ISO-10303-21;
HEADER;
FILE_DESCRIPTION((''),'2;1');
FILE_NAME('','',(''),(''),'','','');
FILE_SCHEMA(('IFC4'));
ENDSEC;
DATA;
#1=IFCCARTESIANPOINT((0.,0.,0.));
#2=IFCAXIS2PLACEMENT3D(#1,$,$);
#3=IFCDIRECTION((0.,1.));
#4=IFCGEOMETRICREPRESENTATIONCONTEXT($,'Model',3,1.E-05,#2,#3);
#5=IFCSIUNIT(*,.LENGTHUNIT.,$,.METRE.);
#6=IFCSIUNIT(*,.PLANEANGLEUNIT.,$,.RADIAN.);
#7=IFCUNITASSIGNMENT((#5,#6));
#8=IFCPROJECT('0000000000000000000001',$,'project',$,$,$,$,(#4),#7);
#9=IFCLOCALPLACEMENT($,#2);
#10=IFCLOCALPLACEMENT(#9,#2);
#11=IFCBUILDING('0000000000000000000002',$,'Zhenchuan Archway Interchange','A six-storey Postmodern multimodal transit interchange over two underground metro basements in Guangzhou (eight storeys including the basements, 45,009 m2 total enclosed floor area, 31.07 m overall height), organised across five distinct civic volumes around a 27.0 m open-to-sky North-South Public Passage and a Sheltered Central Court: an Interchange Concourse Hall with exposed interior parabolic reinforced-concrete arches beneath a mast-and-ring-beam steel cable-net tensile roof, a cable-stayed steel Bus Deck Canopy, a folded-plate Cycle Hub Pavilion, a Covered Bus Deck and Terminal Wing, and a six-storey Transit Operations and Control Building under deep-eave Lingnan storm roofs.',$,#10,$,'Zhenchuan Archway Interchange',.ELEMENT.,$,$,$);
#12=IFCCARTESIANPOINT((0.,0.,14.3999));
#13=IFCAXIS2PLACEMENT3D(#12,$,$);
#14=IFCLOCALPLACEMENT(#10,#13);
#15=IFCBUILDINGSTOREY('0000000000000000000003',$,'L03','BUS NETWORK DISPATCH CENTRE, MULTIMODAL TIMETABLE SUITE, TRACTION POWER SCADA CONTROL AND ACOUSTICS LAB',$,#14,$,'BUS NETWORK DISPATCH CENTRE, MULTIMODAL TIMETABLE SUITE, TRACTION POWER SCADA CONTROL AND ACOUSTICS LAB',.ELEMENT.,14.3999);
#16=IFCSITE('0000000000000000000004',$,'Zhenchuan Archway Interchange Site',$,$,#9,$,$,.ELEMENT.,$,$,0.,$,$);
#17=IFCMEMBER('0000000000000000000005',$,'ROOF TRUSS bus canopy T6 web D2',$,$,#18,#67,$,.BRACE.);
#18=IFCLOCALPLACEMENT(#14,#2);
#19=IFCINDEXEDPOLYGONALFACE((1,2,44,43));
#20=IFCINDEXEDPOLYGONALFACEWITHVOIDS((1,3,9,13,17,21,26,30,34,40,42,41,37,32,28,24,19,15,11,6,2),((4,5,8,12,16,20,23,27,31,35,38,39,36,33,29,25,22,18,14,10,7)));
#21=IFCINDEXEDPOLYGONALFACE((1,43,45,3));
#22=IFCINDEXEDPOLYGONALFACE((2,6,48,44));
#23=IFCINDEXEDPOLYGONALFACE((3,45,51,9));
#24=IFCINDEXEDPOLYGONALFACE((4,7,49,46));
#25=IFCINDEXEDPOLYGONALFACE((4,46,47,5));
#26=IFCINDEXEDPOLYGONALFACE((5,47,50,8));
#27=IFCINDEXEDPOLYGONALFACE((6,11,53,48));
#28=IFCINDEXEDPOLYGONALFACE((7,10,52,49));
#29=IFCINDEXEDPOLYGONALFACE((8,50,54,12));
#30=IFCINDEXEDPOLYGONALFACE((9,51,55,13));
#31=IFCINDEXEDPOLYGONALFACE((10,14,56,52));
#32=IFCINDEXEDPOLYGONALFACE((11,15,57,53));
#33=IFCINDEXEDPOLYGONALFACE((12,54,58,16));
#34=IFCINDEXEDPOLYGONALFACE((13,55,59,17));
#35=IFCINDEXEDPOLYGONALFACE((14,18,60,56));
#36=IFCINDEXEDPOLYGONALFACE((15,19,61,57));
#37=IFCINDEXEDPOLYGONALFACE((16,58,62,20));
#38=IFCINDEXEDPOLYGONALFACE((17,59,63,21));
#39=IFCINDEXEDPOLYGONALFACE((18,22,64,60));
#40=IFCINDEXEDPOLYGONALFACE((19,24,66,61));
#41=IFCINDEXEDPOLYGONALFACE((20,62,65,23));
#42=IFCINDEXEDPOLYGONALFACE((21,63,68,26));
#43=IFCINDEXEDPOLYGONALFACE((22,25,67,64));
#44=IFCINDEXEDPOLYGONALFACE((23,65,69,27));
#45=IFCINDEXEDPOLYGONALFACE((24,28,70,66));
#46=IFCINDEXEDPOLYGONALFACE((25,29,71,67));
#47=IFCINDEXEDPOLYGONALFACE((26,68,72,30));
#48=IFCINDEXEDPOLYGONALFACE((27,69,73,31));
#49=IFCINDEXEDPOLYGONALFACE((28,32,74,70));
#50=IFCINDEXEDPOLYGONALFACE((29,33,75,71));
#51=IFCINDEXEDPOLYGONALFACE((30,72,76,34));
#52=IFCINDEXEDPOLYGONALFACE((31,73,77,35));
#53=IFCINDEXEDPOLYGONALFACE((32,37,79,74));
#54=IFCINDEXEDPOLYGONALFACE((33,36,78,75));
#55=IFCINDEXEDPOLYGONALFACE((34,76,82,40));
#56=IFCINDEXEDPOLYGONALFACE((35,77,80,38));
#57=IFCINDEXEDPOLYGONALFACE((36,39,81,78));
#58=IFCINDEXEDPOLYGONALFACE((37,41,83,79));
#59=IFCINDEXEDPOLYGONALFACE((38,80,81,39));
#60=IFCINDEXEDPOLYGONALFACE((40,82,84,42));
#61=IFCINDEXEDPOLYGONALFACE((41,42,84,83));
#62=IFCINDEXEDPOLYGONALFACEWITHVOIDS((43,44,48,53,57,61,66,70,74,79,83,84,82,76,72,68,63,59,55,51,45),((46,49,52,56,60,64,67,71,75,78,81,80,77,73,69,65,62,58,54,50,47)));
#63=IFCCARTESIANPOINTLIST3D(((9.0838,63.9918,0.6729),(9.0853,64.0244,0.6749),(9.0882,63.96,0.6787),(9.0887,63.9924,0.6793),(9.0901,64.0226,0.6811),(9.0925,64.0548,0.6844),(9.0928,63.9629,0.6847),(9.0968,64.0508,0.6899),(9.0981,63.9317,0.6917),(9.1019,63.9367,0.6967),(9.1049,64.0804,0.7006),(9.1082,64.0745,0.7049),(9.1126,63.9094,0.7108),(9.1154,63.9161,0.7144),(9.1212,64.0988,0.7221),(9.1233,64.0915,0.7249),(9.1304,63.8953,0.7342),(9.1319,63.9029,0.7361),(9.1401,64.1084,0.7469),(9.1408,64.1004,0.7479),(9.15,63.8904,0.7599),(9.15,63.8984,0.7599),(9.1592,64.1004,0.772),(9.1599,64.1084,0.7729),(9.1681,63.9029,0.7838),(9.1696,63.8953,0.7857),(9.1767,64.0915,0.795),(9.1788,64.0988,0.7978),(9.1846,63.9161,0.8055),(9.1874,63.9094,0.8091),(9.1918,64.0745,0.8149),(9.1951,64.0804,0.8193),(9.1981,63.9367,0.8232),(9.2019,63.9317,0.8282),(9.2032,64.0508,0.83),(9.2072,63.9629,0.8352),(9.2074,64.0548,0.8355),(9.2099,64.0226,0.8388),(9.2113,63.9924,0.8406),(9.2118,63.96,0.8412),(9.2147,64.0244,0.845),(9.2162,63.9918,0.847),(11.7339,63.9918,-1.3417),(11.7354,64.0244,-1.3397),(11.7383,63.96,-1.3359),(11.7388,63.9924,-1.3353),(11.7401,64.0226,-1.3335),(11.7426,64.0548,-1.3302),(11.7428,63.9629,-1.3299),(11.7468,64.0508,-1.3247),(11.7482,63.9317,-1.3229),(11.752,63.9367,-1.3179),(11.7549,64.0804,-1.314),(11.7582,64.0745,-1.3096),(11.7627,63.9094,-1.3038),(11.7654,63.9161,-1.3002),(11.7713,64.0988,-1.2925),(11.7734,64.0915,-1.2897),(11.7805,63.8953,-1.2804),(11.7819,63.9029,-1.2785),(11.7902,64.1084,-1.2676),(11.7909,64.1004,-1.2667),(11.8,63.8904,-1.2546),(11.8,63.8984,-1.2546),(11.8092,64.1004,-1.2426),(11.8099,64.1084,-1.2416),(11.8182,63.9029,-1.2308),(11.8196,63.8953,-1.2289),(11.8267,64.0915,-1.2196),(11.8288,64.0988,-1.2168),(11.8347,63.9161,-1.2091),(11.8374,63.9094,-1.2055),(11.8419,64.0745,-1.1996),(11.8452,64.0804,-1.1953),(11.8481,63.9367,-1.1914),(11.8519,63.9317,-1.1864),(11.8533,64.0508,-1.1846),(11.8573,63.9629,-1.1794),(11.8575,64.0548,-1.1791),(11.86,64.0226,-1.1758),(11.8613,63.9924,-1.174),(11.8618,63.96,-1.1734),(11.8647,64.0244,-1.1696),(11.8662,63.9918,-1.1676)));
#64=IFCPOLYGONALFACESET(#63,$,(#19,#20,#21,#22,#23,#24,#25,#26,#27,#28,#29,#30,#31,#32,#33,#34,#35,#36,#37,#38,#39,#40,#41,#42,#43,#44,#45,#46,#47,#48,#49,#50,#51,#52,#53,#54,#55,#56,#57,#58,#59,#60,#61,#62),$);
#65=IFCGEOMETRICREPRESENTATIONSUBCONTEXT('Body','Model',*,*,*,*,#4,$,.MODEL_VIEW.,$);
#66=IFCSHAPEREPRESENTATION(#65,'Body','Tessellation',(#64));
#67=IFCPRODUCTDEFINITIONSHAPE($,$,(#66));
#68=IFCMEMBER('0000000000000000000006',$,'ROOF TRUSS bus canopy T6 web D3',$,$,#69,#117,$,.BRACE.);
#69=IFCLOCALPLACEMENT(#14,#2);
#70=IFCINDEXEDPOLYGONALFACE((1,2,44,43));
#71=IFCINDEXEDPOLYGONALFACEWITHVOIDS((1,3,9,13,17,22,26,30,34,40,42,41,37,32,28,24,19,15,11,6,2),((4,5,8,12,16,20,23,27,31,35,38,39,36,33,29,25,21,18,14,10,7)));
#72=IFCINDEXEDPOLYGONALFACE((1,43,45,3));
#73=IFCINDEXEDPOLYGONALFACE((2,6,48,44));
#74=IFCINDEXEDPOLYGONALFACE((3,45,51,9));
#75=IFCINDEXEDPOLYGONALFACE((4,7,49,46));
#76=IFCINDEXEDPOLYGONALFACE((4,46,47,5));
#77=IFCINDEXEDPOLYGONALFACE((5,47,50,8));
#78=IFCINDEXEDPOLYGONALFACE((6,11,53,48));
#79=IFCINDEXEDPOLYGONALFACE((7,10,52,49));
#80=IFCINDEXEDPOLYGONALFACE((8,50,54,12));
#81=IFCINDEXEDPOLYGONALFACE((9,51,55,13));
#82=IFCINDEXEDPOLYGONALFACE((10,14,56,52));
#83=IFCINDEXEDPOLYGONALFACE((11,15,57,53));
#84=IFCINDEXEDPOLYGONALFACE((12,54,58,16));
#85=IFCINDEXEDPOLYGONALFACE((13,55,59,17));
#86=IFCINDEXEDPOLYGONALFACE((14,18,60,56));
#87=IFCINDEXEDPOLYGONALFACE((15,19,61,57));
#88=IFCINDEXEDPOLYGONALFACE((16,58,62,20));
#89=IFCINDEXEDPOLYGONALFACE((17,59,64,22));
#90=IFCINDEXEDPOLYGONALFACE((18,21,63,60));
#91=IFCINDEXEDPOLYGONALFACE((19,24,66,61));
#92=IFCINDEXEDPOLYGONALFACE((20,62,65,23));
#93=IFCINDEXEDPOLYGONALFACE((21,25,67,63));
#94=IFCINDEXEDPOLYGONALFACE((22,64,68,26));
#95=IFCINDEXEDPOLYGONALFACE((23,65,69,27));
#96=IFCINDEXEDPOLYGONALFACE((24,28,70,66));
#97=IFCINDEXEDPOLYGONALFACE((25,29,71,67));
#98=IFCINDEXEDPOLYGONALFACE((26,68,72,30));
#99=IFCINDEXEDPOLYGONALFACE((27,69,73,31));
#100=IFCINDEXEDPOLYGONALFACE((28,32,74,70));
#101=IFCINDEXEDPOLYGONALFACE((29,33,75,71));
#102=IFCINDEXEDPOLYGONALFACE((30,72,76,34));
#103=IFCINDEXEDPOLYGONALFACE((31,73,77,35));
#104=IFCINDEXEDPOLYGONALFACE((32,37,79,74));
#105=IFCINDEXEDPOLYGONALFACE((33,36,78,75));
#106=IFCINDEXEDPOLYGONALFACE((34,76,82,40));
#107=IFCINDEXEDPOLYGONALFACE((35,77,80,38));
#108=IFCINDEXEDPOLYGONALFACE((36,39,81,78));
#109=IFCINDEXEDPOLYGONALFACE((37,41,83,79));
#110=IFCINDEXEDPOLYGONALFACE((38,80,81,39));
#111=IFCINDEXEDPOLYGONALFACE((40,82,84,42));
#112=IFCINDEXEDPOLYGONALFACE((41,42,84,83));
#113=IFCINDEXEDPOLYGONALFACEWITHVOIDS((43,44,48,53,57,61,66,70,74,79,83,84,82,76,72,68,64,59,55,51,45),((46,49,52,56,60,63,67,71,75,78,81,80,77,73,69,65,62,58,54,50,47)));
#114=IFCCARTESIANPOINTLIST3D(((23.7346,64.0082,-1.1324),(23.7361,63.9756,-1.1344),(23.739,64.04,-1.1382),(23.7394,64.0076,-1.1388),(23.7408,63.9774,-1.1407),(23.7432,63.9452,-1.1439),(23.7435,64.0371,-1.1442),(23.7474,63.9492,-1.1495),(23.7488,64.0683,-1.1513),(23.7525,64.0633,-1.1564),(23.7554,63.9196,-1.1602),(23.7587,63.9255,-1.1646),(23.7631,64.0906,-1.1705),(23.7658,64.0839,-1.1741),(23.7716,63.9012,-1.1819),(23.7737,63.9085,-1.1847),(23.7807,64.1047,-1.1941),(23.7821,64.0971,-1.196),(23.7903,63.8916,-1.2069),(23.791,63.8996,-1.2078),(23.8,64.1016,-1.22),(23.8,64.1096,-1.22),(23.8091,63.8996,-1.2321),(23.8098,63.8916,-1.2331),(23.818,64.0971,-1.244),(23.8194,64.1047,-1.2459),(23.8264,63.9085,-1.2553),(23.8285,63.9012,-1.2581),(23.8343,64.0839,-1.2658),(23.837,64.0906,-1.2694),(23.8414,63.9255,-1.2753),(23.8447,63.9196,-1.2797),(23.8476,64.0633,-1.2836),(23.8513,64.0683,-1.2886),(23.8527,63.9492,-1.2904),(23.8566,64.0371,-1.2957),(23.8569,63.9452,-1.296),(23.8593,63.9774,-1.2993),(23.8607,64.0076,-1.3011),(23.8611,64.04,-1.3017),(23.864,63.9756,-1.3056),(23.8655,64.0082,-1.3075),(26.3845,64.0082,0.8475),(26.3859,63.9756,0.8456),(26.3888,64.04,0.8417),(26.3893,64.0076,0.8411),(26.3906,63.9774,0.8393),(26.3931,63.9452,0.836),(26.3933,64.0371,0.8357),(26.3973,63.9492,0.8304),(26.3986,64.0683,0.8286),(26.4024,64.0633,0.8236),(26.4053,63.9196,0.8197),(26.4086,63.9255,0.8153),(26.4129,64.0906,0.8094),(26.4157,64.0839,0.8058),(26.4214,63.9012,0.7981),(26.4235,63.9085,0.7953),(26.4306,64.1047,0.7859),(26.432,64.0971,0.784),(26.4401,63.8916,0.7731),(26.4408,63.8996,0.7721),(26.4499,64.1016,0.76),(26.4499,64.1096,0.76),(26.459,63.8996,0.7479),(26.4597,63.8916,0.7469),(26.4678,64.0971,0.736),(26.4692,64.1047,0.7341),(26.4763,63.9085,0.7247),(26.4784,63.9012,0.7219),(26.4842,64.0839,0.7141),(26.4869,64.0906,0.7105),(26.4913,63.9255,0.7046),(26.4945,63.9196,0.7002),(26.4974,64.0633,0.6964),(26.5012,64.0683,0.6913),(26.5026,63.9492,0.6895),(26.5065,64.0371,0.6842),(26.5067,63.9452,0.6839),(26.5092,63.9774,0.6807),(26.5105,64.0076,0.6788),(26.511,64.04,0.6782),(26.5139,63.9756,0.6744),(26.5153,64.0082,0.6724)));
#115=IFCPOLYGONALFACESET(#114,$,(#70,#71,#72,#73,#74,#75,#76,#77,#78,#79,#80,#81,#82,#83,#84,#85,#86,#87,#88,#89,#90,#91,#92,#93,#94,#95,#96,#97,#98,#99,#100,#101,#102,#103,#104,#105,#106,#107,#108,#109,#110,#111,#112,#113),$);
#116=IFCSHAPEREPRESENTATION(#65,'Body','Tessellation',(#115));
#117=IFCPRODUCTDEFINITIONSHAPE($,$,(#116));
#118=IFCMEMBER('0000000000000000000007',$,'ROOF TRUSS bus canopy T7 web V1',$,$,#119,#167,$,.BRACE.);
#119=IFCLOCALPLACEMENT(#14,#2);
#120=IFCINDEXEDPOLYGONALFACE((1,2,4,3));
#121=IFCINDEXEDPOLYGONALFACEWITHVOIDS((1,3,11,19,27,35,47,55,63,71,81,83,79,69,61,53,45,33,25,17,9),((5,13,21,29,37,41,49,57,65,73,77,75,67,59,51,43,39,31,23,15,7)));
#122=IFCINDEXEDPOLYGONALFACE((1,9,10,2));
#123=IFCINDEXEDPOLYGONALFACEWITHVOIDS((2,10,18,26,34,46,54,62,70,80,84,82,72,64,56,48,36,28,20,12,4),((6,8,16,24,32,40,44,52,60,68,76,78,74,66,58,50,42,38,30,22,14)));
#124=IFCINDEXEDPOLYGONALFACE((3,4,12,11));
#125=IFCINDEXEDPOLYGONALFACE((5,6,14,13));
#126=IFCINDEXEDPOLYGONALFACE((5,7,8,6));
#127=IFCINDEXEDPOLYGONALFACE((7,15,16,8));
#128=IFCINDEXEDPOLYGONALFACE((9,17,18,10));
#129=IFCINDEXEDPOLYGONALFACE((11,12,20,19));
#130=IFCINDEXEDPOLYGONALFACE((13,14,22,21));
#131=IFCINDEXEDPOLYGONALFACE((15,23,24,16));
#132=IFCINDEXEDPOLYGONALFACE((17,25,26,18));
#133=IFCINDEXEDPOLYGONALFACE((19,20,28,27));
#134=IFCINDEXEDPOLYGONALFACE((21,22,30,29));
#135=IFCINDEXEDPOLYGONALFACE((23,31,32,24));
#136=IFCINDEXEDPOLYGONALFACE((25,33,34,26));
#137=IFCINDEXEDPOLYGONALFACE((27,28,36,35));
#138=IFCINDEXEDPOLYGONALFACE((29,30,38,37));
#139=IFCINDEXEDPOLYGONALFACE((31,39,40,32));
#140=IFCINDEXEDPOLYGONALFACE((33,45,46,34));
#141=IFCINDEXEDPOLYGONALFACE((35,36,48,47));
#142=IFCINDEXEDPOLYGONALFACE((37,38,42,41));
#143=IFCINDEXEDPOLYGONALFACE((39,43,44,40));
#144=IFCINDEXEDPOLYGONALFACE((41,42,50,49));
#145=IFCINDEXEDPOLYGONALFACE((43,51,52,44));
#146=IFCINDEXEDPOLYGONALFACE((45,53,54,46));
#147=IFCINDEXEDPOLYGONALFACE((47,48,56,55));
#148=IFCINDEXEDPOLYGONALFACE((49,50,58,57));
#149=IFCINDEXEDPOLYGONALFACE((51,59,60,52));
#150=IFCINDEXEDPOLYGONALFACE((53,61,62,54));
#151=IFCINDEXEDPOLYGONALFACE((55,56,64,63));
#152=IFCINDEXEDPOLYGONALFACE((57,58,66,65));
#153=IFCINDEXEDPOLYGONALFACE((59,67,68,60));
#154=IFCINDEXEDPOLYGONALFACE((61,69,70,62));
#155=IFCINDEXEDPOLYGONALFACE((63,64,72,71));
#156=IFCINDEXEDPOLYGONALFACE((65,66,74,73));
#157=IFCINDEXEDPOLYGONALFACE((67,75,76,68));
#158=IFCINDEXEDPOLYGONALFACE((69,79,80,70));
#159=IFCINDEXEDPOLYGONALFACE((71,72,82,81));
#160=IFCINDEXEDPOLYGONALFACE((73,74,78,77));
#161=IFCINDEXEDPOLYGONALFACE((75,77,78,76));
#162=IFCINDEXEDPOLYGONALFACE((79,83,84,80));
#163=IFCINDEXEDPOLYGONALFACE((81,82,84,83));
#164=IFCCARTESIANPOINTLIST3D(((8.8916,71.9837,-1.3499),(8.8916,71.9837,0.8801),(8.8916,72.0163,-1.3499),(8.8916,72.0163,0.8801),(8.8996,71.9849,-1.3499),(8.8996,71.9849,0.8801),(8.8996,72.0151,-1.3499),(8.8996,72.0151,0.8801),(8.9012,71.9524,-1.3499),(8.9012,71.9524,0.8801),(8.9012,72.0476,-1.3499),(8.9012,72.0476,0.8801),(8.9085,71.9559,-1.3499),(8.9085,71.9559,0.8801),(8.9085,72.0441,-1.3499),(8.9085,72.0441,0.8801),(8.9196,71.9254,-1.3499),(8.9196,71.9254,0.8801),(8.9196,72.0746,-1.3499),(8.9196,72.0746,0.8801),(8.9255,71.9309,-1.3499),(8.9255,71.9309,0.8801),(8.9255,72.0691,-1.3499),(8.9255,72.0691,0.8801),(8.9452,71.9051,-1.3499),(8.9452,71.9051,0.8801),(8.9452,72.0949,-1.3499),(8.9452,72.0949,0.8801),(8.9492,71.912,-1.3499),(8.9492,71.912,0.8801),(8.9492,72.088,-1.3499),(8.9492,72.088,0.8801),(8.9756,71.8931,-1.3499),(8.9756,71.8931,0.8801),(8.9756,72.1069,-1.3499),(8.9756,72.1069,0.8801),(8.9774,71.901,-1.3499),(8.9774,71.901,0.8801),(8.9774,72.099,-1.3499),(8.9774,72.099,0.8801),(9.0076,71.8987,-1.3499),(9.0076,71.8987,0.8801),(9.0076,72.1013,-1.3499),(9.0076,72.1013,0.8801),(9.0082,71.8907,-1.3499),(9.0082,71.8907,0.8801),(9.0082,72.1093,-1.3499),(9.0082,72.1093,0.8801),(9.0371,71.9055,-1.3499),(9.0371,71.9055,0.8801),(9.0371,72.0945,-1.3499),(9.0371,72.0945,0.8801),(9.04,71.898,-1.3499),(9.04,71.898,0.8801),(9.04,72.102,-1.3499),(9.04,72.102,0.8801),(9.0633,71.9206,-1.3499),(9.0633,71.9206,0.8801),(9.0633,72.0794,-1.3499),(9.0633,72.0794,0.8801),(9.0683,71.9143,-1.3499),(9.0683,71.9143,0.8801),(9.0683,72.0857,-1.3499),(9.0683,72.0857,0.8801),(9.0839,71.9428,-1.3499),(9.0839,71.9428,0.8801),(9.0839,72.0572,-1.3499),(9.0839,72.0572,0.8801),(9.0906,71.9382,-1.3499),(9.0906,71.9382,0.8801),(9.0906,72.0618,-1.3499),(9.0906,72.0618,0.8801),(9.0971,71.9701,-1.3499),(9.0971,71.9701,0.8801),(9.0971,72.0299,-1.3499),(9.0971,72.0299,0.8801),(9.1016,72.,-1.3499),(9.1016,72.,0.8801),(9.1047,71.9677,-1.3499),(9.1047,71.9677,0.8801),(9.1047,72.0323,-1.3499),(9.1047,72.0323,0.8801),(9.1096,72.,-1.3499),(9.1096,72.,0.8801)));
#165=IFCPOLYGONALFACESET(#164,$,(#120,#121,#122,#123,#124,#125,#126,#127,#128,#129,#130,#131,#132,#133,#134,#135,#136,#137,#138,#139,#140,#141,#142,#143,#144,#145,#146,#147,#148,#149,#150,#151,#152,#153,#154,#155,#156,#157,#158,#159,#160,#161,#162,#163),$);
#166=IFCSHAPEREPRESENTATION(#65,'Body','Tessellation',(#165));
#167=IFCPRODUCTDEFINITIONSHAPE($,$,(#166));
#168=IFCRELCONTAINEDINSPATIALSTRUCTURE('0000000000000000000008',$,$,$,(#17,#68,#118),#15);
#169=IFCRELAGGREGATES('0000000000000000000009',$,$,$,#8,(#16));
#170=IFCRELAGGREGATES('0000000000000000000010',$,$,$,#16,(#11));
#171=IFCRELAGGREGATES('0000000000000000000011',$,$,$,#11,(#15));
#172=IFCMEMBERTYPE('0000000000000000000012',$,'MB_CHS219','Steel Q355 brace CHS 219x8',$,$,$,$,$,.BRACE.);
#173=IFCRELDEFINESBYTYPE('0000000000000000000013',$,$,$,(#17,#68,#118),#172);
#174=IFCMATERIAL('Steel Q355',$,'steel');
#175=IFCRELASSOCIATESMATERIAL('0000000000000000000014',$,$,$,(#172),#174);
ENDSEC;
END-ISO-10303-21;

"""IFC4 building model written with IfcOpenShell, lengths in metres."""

from ifc_helpers import new_model, si_unit, direction, frame, origin, origin_2d, place, context, subcontext, project, spatial, hollow_circle, extrude, material, material_profile, profile_set, type_object, element, save


model = new_model("IFC4")

# Units and contexts
model_context = context("Model", 3, precision=1e-05, world=origin(), true_north=direction((0.0, 1.0)))
body_context = subcontext(model_context, "Body", "Model", "MODEL_VIEW")
ifc_project = project(units=[si_unit("LENGTHUNIT", "METRE"), si_unit("PLANEANGLEUNIT", "RADIAN")], contexts=[model_context])

# Site, building, storey
site_placement = place(None, origin())
site = spatial("IfcSite", under=ifc_project, at=site_placement, Name="Zhenchuan Archway Interchange Site", CompositionType="ELEMENT", RefElevation=0.0)
building_placement = place(site_placement, origin())
building = spatial("IfcBuilding", under=site, at=building_placement, Name="Zhenchuan Archway Interchange", Description="A six-storey Postmodern multimodal transit interchange over two underground metro basements in Guangzhou (eight storeys including the basements, 45,009 m2 total enclosed floor area, 31.07 m overall height), organised across five distinct civic volumes around a 27.0 m open-to-sky North-South Public Passage and a Sheltered Central Court: an Interchange Concourse Hall with exposed interior parabolic reinforced-concrete arches beneath a mast-and-ring-beam steel cable-net tensile roof, a cable-stayed steel Bus Deck Canopy, a folded-plate Cycle Hub Pavilion, a Covered Bus Deck and Terminal Wing, and a six-storey Transit Operations and Control Building under deep-eave Lingnan storm roofs.", LongName="Zhenchuan Archway Interchange", CompositionType="ELEMENT")
storey_placement = place(building_placement, frame((0.0, 0.0, 14.3999)))
storey = spatial("IfcBuildingStorey", under=building, at=storey_placement, Name="L03", Description="BUS NETWORK DISPATCH CENTRE, MULTIMODAL TIMETABLE SUITE, TRACTION POWER SCADA CONTROL AND ACOUSTICS LAB", LongName="BUS NETWORK DISPATCH CENTRE, MULTIMODAL TIMETABLE SUITE, TRACTION POWER SCADA CONTROL AND ACOUSTICS LAB", CompositionType="ELEMENT", Elevation=14.3999)

# Shared definitions
ifc_material_1 = material(Name="Steel Q355", Category="steel")

# Members
ifc_material_profile_1 = material_profile(ifc_material_1, hollow_circle(Radius=0.1096, WallThickness=0.0081, at=origin_2d()), Name="CHS 219x8")
ifc_profile_set_1 = profile_set([ifc_material_profile_1], Name="Steel Q355")
member_type_1 = type_object("IfcMemberType", Name="MB_CHS219", Description="Steel Q355 brace CHS 219x8", PredefinedType="BRACE", material=ifc_profile_set_1)
member_1_placement = place(storey_placement, frame((11.8, 64.0, -1.2546), z_axis=(-0.796084, 0.0, 0.605186), x_axis=(0.0, -1.0, 0.0)))
element("IfcMember", 1, at=member_1_placement, inside=storey, type_object=member_type_1, Name="ROOF TRUSS bus canopy T6 web D2", PredefinedType="BRACE", context=body_context, shape_type="SweptSolid", body=[
    extrude(hollow_circle(Radius=0.1096, WallThickness=0.0081, at=origin_2d()), origin(), (0.0, 0.0, 1.0), 3.3289),
])
member_2_placement = place(storey_placement, frame((23.8, 64.0, -1.22), z_axis=(0.801079, 0.0, 0.598558), x_axis=(0.0, 1.0, 0.0)))
element("IfcMember", 2, at=member_2_placement, inside=storey, type_object=member_type_1, Name="ROOF TRUSS bus canopy T6 web D3", PredefinedType="BRACE", context=body_context, shape_type="SweptSolid", body=[
    extrude(hollow_circle(Radius=0.1096, WallThickness=0.0081, at=origin_2d()), origin(), (0.0, 0.0, 1.0), 3.3079),
])
member_3_placement = place(storey_placement, frame((9.0, 72.0, -1.3499), z_axis=(0.0, 0.0, 1.0), x_axis=(1.0, 0.0, 0.0)))
element("IfcMember", 3, at=member_3_placement, inside=storey, type_object=member_type_1, Name="ROOF TRUSS bus canopy T7 web V1", PredefinedType="BRACE", context=body_context, shape_type="SweptSolid", body=[
    extrude(hollow_circle(Radius=0.1096, WallThickness=0.0081, at=origin_2d()), origin(), (0.0, 0.0, 1.0), 2.23),
])

save(model, "model.ifc")
